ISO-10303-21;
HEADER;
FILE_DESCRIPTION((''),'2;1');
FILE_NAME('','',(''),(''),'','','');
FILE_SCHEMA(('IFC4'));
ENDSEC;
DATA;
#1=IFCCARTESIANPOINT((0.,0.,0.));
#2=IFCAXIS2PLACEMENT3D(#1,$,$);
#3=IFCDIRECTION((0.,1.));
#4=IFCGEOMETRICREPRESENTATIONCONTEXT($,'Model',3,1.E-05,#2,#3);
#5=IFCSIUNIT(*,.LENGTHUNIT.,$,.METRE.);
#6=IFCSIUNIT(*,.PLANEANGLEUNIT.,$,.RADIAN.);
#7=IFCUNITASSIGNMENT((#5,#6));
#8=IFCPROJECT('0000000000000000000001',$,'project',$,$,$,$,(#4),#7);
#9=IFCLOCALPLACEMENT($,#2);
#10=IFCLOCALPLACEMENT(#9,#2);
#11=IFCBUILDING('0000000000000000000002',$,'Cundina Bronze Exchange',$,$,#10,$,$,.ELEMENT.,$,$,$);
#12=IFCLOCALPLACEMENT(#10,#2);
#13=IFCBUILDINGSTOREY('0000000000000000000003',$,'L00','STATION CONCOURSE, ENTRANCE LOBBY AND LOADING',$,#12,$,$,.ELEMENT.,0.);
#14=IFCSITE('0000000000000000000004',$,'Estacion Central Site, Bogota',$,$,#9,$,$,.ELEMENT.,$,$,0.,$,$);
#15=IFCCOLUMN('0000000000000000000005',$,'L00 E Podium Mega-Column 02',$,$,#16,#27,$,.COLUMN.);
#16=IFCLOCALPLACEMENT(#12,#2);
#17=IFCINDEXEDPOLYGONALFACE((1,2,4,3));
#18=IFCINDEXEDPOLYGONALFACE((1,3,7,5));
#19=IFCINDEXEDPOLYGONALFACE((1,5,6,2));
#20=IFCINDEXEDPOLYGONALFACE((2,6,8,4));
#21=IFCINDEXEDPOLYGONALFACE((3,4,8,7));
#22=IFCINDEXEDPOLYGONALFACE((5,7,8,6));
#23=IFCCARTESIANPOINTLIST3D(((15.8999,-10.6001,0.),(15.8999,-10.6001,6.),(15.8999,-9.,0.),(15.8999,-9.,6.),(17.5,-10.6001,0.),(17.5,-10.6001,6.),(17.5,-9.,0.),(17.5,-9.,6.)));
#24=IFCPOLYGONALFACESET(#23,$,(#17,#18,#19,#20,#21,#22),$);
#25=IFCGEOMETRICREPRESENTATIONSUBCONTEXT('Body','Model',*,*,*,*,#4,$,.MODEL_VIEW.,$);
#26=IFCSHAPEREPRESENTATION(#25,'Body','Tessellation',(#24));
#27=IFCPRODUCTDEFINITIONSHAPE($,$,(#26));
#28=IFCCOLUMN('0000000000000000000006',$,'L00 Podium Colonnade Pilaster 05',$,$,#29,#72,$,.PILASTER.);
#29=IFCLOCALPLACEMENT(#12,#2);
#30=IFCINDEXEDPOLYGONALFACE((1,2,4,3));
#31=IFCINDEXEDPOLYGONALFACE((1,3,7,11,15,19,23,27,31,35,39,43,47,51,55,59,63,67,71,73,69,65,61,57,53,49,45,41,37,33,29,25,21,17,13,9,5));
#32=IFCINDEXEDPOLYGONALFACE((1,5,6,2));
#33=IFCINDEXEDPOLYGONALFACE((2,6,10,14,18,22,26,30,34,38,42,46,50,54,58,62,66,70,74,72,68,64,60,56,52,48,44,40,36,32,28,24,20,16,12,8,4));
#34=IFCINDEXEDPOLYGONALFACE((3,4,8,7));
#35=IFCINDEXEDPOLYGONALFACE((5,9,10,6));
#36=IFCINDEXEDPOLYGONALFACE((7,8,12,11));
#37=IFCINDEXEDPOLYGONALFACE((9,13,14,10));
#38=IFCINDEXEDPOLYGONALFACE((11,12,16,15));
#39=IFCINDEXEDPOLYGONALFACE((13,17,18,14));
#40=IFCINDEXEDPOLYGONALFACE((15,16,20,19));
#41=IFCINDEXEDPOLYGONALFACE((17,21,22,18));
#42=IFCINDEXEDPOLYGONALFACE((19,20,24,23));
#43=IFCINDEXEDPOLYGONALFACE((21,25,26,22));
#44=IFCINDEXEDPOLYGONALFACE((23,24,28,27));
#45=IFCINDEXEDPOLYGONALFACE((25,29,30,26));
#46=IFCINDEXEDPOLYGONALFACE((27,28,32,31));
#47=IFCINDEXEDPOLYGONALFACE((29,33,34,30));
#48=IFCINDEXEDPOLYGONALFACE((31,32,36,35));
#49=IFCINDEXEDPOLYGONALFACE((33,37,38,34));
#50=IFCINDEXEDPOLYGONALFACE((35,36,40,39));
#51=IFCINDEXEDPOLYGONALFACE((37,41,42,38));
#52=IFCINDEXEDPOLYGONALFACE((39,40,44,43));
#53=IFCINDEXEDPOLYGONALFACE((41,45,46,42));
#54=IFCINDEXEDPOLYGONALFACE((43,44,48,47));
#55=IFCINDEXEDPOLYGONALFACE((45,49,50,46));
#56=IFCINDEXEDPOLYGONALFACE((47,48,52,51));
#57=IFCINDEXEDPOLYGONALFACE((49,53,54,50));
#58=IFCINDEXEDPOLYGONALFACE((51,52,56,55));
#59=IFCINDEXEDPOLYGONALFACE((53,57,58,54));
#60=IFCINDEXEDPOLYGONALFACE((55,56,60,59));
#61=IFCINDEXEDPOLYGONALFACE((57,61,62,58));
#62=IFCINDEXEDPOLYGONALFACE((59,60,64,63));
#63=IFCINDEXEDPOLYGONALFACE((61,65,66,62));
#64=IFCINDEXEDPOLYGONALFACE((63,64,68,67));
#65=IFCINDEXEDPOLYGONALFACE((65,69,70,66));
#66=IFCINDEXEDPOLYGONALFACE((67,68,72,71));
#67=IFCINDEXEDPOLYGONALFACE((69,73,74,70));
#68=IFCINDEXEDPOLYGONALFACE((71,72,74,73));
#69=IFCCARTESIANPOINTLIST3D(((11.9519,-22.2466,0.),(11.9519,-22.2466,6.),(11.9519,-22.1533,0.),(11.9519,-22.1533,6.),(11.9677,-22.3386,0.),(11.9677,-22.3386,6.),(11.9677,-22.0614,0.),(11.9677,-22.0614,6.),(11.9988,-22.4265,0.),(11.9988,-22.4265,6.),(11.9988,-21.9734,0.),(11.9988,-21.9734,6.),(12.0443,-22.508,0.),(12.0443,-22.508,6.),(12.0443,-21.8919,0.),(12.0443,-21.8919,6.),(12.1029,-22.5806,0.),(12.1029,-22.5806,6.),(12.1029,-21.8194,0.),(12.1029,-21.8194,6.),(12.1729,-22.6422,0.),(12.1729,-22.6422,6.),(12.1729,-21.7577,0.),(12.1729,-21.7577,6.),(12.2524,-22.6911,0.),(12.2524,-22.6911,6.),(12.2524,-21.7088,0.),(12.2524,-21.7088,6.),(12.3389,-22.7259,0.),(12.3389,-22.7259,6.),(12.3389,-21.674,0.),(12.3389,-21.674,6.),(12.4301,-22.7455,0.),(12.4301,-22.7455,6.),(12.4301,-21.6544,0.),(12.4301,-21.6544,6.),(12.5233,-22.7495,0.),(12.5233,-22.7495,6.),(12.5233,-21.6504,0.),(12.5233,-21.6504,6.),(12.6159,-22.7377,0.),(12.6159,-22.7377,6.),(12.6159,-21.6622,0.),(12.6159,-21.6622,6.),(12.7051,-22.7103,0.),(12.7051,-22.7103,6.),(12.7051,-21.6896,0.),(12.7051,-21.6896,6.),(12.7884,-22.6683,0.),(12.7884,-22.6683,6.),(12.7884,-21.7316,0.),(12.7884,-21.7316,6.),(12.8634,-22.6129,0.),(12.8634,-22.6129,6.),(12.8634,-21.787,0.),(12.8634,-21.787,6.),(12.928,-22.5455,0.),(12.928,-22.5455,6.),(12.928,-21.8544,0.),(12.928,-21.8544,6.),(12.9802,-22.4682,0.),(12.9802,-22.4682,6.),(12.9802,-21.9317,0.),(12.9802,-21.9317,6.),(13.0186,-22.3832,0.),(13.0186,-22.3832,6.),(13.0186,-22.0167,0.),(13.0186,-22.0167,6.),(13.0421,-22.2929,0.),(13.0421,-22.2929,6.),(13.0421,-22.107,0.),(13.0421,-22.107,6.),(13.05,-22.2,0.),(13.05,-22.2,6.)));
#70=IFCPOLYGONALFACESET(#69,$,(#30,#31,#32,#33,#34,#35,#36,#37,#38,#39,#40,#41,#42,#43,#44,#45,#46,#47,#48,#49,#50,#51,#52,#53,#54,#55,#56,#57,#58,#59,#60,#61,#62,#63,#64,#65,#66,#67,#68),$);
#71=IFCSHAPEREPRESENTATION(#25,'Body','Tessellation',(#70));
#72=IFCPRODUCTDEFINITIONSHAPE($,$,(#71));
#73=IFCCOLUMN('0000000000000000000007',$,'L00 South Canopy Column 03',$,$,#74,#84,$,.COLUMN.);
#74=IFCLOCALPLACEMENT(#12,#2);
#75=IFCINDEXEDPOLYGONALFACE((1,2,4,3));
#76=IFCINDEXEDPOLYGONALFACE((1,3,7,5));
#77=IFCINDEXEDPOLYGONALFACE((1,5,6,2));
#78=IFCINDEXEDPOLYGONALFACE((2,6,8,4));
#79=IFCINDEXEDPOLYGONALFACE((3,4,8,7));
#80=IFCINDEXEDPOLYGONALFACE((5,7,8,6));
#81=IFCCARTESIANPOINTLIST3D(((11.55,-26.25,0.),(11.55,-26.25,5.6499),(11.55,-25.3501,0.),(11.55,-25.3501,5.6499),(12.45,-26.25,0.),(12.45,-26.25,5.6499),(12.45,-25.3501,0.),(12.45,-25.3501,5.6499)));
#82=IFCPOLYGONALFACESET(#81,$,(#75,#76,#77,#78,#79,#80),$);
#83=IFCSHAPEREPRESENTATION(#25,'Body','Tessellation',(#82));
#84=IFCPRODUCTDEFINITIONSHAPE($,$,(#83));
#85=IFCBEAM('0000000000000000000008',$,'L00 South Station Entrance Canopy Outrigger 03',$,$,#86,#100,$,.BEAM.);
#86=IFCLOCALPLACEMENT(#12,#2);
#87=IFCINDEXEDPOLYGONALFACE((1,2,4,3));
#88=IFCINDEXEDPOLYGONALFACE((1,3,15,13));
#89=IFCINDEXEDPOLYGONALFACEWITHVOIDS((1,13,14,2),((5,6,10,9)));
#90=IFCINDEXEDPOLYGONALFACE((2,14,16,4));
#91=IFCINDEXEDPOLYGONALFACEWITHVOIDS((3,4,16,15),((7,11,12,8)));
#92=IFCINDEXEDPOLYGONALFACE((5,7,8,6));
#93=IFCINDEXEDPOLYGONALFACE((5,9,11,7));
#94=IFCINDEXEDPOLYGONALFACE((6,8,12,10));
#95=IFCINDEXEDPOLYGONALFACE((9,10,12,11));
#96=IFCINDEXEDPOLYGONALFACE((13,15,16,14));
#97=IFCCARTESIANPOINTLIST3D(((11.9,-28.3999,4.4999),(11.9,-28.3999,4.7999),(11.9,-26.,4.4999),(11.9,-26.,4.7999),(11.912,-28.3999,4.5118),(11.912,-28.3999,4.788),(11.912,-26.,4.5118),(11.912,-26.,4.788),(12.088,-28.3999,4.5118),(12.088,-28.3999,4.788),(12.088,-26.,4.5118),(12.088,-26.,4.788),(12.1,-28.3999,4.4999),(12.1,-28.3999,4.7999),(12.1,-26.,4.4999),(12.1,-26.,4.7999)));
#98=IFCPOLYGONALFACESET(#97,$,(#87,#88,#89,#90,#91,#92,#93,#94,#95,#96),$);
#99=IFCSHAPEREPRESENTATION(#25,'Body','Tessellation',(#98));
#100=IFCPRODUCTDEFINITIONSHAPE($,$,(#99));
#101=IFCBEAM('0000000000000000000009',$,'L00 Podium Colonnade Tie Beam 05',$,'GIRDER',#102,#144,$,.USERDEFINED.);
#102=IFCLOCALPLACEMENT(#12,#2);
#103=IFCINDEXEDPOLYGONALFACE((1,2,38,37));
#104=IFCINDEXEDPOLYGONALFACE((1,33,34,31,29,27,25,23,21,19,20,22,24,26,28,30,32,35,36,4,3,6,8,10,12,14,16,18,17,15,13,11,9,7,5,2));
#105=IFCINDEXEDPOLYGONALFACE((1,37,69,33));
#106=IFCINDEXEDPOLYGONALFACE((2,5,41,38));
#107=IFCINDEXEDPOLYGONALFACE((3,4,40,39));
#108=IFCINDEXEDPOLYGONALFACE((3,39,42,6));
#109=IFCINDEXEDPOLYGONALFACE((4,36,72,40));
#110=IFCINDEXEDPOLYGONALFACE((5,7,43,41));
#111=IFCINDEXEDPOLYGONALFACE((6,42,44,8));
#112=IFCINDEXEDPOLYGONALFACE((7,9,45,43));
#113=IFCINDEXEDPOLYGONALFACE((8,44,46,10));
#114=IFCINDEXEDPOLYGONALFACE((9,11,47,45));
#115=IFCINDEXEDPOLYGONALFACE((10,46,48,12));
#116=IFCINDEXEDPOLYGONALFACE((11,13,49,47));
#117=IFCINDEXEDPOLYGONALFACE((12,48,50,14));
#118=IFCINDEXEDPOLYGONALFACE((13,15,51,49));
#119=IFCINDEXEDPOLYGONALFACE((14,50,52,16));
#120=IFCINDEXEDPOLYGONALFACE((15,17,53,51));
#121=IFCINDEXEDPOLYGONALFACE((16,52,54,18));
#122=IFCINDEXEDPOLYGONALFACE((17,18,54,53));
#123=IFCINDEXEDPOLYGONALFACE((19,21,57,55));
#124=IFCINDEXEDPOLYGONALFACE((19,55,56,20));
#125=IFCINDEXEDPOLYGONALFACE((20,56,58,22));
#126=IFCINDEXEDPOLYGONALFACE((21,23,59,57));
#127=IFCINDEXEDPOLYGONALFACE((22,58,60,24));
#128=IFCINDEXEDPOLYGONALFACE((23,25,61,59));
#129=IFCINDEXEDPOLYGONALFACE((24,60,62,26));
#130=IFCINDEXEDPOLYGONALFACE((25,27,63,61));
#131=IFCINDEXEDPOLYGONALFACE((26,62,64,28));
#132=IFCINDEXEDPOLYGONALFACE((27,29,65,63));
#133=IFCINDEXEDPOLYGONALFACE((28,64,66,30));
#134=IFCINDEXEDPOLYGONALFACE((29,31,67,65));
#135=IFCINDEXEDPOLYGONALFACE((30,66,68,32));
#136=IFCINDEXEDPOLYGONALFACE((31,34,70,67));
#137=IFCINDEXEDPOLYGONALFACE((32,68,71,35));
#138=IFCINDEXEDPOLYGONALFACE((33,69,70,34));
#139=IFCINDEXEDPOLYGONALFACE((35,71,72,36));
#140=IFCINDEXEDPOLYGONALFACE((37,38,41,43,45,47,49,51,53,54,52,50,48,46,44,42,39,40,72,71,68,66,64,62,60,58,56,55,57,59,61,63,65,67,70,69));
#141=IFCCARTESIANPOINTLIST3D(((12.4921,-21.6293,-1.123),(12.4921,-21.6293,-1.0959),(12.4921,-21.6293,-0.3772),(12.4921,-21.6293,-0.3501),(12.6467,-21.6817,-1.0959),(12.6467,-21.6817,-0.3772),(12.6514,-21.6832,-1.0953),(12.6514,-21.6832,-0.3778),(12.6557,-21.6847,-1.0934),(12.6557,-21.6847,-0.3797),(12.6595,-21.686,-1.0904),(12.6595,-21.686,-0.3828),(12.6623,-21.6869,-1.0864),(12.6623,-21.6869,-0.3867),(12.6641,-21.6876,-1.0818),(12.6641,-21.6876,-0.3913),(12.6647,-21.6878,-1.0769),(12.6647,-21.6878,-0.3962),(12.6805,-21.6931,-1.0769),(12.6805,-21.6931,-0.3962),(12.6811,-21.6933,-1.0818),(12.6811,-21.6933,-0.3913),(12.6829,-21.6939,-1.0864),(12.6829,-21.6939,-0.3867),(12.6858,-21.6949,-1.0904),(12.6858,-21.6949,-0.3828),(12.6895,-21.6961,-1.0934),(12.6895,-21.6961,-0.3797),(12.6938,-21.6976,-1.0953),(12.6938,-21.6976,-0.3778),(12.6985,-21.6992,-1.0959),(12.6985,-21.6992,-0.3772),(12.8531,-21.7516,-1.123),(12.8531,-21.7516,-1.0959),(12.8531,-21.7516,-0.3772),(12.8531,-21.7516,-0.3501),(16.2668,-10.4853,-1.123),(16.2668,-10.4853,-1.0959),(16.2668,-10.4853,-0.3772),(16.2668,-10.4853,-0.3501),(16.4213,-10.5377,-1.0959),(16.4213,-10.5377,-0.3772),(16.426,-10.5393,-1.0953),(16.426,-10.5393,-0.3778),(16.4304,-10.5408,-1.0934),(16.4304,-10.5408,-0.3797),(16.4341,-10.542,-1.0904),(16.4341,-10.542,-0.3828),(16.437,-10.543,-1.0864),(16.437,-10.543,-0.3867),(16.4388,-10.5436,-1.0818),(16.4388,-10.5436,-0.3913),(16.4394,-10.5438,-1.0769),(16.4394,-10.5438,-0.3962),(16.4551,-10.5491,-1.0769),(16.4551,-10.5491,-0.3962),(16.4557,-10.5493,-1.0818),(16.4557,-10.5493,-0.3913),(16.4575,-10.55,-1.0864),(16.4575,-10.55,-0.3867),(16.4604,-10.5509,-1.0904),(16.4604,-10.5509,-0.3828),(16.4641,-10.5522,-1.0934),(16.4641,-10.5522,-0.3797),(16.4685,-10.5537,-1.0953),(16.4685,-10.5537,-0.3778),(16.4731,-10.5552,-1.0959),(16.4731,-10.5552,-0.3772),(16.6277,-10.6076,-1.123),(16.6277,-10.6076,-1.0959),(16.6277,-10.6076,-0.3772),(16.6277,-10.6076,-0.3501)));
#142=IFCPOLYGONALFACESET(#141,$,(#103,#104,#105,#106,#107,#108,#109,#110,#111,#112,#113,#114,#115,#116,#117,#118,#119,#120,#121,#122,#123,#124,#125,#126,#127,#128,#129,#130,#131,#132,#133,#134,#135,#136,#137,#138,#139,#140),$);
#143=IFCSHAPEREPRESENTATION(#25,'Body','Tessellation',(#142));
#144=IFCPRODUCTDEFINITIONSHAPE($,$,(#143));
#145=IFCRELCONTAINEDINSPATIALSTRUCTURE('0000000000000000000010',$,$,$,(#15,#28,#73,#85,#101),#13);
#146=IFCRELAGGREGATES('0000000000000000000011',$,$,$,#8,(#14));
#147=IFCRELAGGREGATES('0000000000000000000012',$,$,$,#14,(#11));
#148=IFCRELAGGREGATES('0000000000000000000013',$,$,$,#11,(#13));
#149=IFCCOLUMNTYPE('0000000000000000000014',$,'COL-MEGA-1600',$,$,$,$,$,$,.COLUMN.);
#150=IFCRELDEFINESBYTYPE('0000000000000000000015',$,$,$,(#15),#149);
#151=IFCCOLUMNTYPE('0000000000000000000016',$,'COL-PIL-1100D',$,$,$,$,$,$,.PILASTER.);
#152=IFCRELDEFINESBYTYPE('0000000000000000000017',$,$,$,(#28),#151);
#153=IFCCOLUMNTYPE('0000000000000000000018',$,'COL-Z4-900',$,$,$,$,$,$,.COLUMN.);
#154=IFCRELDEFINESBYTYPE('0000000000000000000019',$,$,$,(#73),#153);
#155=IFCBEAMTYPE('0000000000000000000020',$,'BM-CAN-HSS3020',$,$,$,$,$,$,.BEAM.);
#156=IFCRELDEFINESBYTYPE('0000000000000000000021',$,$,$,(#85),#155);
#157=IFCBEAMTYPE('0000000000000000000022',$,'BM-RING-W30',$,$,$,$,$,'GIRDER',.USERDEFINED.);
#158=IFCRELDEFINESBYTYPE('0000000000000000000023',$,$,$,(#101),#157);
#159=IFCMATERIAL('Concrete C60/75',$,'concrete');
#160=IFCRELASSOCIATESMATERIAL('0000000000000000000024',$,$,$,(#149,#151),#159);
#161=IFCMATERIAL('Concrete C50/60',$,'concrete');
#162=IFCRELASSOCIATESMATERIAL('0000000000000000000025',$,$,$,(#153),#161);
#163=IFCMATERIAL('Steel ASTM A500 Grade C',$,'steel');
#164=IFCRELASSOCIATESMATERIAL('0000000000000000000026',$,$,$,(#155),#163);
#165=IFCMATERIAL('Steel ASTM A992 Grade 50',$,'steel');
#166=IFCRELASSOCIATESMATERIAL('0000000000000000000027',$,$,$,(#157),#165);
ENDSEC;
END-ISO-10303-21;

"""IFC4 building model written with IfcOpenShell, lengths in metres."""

from ifc_helpers import new_model, si_unit, direction, frame, origin, origin_2d, place, context, subcontext, project, spatial, rectangle, hollow_rectangle, circle, i_section, extrude, material, material_profile, profile_set, type_object, element, save


model = new_model("IFC4")

# Units and contexts
model_context = context("Model", 3, precision=1e-05, world=origin(), true_north=direction((0.0, 1.0)))
body_context = subcontext(model_context, "Body", "Model", "MODEL_VIEW")
ifc_project = project(units=[si_unit("LENGTHUNIT", "METRE"), si_unit("PLANEANGLEUNIT", "RADIAN")], contexts=[model_context])

# Site, building, storey
site_placement = place(None, origin())
site = spatial("IfcSite", under=ifc_project, at=site_placement, Name="Estacion Central Site, Bogota", CompositionType="ELEMENT", RefElevation=0.0)
building_placement = place(site_placement, origin())
building = spatial("IfcBuilding", under=site, at=building_placement, Name="Cundina Bronze Exchange", CompositionType="ELEMENT")
storey_placement = place(building_placement, origin())
storey = spatial("IfcBuildingStorey", under=building, at=storey_placement, Name="L00", Description="STATION CONCOURSE, ENTRANCE LOBBY AND LOADING", CompositionType="ELEMENT", Elevation=0.0)

# Columns
ifc_material_1 = material(Name="Concrete C60/75", Category="concrete")
ifc_material_profile_1 = material_profile(ifc_material_1, rectangle(XDim=1.6001, YDim=1.6001, at=origin_2d()), Name="RC1600X1600", Category="concrete")
ifc_profile_set_1 = profile_set([ifc_material_profile_1], Name="Concrete C60/75")
column_type_1 = type_object("IfcColumnType", Name="COL-MEGA-1600", PredefinedType="COLUMN", material=ifc_profile_set_1)
column_1_placement = place(storey_placement, frame((16.7, -9.8, 0.0), z_axis=(0.0, 0.0, 1.0), x_axis=(1.0, 0.0, 0.0)))
element("IfcColumn", 1, at=column_1_placement, inside=storey, type_object=column_type_1, Name="L00 E Podium Mega-Column 02", PredefinedType="COLUMN", context=body_context, shape_type="SweptSolid", body=[
    extrude(rectangle(XDim=1.6001, YDim=1.6001, at=origin_2d()), origin(), (0.0, 0.0, 1.0), 6.0),
])
ifc_material_profile_2 = material_profile(ifc_material_1, circle(Radius=0.55, at=origin_2d()), Name="RC1100D", Category="concrete")
ifc_profile_set_2 = profile_set([ifc_material_profile_2], Name="Concrete C60/75")
column_type_2 = type_object("IfcColumnType", Name="COL-PIL-1100D", PredefinedType="PILASTER", material=ifc_profile_set_2)
column_2_placement = place(storey_placement, frame((12.5, -22.2, 0.0), z_axis=(0.0, 0.0, 1.0), x_axis=(1.0, 0.0, 0.0)))
element("IfcColumn", 2, at=column_2_placement, inside=storey, type_object=column_type_2, Name="L00 Podium Colonnade Pilaster 05", PredefinedType="PILASTER", context=body_context, shape_type="SweptSolid", body=[
    extrude(circle(Radius=0.55, at=origin_2d()), origin(), (0.0, 0.0, 1.0), 6.0),
])
ifc_material_2 = material(Name="Concrete C50/60", Category="concrete")
ifc_material_profile_3 = material_profile(ifc_material_2, rectangle(XDim=0.8999, YDim=0.8999, at=origin_2d()), Name="RC900X900", Category="concrete")
ifc_profile_set_3 = profile_set([ifc_material_profile_3], Name="Concrete C50/60")
column_type_3 = type_object("IfcColumnType", Name="COL-Z4-900", PredefinedType="COLUMN", material=ifc_profile_set_3)
column_3_placement = place(storey_placement, frame((12.0, -25.8, 0.0), z_axis=(0.0, 0.0, 1.0), x_axis=(1.0, 0.0, 0.0)))
element("IfcColumn", 3, at=column_3_placement, inside=storey, type_object=column_type_3, Name="L00 South Canopy Column 03", PredefinedType="COLUMN", context=body_context, shape_type="SweptSolid", body=[
    extrude(rectangle(XDim=0.8999, YDim=0.8999, at=origin_2d()), origin(), (0.0, 0.0, 1.0), 5.6499),
])

# Beams
ifc_material_3 = material(Name="Steel ASTM A500 Grade C", Category="steel")
ifc_material_profile_4 = material_profile(ifc_material_3, hollow_rectangle(XDim=0.2, YDim=0.3, WallThickness=0.012, at=origin_2d()), Name="HSS300X200X12", Category="steel")
ifc_profile_set_4 = profile_set([ifc_material_profile_4], Name="Steel ASTM A500 Grade C")
beam_type_1 = type_object("IfcBeamType", Name="BM-CAN-HSS3020", PredefinedType="BEAM", material=ifc_profile_set_4)
beam_1_placement = place(storey_placement, frame((12.0, -26.0, 4.6499), z_axis=(0.0, -1.0, 0.0), x_axis=(1.0, 0.0, 0.0)))
element("IfcBeam", 4, at=beam_1_placement, inside=storey, type_object=beam_type_1, Name="L00 South Station Entrance Canopy Outrigger 03", PredefinedType="BEAM", context=body_context, shape_type="SweptSolid", body=[
    extrude(hollow_rectangle(XDim=0.2, YDim=0.3, WallThickness=0.012, at=origin_2d()), origin(), (0.0, 0.0, 1.0), 2.3999),
])
ifc_material_4 = material(Name="Steel ASTM A992 Grade 50", Category="steel")
ifc_material_profile_5 = material_profile(ifc_material_4, i_section(OverallWidth=0.3811, OverallDepth=0.7729, WebThickness=0.0166, FlangeThickness=0.0271, FilletRadius=0.019, at=origin_2d()), Name="W30X173", Category="steel")
ifc_profile_set_5 = profile_set([ifc_material_profile_5], Name="Steel ASTM A992 Grade 50")
beam_type_2 = type_object("IfcBeamType", Name="BM-RING-W30", ElementType="GIRDER", PredefinedType="USERDEFINED", material=ifc_profile_set_5)
beam_2_placement = place(storey_placement, frame((12.6726, -21.6904, -0.7366), z_axis=(0.320812, 0.947143, 0.0), x_axis=(-0.947143, 0.320812, 0.0)))
element("IfcBeam", 5, at=beam_2_placement, inside=storey, type_object=beam_type_2, Name="L00 Podium Colonnade Tie Beam 05", ObjectType="GIRDER", PredefinedType="USERDEFINED", context=body_context, shape_type="SweptSolid", body=[
    extrude(i_section(OverallWidth=0.3811, OverallDepth=0.7729, WebThickness=0.0166, FlangeThickness=0.0271, FilletRadius=0.019, at=origin_2d()), origin(), (0.0, 0.0, 1.0), 11.7659),
])

save(model, "model.ifc")
